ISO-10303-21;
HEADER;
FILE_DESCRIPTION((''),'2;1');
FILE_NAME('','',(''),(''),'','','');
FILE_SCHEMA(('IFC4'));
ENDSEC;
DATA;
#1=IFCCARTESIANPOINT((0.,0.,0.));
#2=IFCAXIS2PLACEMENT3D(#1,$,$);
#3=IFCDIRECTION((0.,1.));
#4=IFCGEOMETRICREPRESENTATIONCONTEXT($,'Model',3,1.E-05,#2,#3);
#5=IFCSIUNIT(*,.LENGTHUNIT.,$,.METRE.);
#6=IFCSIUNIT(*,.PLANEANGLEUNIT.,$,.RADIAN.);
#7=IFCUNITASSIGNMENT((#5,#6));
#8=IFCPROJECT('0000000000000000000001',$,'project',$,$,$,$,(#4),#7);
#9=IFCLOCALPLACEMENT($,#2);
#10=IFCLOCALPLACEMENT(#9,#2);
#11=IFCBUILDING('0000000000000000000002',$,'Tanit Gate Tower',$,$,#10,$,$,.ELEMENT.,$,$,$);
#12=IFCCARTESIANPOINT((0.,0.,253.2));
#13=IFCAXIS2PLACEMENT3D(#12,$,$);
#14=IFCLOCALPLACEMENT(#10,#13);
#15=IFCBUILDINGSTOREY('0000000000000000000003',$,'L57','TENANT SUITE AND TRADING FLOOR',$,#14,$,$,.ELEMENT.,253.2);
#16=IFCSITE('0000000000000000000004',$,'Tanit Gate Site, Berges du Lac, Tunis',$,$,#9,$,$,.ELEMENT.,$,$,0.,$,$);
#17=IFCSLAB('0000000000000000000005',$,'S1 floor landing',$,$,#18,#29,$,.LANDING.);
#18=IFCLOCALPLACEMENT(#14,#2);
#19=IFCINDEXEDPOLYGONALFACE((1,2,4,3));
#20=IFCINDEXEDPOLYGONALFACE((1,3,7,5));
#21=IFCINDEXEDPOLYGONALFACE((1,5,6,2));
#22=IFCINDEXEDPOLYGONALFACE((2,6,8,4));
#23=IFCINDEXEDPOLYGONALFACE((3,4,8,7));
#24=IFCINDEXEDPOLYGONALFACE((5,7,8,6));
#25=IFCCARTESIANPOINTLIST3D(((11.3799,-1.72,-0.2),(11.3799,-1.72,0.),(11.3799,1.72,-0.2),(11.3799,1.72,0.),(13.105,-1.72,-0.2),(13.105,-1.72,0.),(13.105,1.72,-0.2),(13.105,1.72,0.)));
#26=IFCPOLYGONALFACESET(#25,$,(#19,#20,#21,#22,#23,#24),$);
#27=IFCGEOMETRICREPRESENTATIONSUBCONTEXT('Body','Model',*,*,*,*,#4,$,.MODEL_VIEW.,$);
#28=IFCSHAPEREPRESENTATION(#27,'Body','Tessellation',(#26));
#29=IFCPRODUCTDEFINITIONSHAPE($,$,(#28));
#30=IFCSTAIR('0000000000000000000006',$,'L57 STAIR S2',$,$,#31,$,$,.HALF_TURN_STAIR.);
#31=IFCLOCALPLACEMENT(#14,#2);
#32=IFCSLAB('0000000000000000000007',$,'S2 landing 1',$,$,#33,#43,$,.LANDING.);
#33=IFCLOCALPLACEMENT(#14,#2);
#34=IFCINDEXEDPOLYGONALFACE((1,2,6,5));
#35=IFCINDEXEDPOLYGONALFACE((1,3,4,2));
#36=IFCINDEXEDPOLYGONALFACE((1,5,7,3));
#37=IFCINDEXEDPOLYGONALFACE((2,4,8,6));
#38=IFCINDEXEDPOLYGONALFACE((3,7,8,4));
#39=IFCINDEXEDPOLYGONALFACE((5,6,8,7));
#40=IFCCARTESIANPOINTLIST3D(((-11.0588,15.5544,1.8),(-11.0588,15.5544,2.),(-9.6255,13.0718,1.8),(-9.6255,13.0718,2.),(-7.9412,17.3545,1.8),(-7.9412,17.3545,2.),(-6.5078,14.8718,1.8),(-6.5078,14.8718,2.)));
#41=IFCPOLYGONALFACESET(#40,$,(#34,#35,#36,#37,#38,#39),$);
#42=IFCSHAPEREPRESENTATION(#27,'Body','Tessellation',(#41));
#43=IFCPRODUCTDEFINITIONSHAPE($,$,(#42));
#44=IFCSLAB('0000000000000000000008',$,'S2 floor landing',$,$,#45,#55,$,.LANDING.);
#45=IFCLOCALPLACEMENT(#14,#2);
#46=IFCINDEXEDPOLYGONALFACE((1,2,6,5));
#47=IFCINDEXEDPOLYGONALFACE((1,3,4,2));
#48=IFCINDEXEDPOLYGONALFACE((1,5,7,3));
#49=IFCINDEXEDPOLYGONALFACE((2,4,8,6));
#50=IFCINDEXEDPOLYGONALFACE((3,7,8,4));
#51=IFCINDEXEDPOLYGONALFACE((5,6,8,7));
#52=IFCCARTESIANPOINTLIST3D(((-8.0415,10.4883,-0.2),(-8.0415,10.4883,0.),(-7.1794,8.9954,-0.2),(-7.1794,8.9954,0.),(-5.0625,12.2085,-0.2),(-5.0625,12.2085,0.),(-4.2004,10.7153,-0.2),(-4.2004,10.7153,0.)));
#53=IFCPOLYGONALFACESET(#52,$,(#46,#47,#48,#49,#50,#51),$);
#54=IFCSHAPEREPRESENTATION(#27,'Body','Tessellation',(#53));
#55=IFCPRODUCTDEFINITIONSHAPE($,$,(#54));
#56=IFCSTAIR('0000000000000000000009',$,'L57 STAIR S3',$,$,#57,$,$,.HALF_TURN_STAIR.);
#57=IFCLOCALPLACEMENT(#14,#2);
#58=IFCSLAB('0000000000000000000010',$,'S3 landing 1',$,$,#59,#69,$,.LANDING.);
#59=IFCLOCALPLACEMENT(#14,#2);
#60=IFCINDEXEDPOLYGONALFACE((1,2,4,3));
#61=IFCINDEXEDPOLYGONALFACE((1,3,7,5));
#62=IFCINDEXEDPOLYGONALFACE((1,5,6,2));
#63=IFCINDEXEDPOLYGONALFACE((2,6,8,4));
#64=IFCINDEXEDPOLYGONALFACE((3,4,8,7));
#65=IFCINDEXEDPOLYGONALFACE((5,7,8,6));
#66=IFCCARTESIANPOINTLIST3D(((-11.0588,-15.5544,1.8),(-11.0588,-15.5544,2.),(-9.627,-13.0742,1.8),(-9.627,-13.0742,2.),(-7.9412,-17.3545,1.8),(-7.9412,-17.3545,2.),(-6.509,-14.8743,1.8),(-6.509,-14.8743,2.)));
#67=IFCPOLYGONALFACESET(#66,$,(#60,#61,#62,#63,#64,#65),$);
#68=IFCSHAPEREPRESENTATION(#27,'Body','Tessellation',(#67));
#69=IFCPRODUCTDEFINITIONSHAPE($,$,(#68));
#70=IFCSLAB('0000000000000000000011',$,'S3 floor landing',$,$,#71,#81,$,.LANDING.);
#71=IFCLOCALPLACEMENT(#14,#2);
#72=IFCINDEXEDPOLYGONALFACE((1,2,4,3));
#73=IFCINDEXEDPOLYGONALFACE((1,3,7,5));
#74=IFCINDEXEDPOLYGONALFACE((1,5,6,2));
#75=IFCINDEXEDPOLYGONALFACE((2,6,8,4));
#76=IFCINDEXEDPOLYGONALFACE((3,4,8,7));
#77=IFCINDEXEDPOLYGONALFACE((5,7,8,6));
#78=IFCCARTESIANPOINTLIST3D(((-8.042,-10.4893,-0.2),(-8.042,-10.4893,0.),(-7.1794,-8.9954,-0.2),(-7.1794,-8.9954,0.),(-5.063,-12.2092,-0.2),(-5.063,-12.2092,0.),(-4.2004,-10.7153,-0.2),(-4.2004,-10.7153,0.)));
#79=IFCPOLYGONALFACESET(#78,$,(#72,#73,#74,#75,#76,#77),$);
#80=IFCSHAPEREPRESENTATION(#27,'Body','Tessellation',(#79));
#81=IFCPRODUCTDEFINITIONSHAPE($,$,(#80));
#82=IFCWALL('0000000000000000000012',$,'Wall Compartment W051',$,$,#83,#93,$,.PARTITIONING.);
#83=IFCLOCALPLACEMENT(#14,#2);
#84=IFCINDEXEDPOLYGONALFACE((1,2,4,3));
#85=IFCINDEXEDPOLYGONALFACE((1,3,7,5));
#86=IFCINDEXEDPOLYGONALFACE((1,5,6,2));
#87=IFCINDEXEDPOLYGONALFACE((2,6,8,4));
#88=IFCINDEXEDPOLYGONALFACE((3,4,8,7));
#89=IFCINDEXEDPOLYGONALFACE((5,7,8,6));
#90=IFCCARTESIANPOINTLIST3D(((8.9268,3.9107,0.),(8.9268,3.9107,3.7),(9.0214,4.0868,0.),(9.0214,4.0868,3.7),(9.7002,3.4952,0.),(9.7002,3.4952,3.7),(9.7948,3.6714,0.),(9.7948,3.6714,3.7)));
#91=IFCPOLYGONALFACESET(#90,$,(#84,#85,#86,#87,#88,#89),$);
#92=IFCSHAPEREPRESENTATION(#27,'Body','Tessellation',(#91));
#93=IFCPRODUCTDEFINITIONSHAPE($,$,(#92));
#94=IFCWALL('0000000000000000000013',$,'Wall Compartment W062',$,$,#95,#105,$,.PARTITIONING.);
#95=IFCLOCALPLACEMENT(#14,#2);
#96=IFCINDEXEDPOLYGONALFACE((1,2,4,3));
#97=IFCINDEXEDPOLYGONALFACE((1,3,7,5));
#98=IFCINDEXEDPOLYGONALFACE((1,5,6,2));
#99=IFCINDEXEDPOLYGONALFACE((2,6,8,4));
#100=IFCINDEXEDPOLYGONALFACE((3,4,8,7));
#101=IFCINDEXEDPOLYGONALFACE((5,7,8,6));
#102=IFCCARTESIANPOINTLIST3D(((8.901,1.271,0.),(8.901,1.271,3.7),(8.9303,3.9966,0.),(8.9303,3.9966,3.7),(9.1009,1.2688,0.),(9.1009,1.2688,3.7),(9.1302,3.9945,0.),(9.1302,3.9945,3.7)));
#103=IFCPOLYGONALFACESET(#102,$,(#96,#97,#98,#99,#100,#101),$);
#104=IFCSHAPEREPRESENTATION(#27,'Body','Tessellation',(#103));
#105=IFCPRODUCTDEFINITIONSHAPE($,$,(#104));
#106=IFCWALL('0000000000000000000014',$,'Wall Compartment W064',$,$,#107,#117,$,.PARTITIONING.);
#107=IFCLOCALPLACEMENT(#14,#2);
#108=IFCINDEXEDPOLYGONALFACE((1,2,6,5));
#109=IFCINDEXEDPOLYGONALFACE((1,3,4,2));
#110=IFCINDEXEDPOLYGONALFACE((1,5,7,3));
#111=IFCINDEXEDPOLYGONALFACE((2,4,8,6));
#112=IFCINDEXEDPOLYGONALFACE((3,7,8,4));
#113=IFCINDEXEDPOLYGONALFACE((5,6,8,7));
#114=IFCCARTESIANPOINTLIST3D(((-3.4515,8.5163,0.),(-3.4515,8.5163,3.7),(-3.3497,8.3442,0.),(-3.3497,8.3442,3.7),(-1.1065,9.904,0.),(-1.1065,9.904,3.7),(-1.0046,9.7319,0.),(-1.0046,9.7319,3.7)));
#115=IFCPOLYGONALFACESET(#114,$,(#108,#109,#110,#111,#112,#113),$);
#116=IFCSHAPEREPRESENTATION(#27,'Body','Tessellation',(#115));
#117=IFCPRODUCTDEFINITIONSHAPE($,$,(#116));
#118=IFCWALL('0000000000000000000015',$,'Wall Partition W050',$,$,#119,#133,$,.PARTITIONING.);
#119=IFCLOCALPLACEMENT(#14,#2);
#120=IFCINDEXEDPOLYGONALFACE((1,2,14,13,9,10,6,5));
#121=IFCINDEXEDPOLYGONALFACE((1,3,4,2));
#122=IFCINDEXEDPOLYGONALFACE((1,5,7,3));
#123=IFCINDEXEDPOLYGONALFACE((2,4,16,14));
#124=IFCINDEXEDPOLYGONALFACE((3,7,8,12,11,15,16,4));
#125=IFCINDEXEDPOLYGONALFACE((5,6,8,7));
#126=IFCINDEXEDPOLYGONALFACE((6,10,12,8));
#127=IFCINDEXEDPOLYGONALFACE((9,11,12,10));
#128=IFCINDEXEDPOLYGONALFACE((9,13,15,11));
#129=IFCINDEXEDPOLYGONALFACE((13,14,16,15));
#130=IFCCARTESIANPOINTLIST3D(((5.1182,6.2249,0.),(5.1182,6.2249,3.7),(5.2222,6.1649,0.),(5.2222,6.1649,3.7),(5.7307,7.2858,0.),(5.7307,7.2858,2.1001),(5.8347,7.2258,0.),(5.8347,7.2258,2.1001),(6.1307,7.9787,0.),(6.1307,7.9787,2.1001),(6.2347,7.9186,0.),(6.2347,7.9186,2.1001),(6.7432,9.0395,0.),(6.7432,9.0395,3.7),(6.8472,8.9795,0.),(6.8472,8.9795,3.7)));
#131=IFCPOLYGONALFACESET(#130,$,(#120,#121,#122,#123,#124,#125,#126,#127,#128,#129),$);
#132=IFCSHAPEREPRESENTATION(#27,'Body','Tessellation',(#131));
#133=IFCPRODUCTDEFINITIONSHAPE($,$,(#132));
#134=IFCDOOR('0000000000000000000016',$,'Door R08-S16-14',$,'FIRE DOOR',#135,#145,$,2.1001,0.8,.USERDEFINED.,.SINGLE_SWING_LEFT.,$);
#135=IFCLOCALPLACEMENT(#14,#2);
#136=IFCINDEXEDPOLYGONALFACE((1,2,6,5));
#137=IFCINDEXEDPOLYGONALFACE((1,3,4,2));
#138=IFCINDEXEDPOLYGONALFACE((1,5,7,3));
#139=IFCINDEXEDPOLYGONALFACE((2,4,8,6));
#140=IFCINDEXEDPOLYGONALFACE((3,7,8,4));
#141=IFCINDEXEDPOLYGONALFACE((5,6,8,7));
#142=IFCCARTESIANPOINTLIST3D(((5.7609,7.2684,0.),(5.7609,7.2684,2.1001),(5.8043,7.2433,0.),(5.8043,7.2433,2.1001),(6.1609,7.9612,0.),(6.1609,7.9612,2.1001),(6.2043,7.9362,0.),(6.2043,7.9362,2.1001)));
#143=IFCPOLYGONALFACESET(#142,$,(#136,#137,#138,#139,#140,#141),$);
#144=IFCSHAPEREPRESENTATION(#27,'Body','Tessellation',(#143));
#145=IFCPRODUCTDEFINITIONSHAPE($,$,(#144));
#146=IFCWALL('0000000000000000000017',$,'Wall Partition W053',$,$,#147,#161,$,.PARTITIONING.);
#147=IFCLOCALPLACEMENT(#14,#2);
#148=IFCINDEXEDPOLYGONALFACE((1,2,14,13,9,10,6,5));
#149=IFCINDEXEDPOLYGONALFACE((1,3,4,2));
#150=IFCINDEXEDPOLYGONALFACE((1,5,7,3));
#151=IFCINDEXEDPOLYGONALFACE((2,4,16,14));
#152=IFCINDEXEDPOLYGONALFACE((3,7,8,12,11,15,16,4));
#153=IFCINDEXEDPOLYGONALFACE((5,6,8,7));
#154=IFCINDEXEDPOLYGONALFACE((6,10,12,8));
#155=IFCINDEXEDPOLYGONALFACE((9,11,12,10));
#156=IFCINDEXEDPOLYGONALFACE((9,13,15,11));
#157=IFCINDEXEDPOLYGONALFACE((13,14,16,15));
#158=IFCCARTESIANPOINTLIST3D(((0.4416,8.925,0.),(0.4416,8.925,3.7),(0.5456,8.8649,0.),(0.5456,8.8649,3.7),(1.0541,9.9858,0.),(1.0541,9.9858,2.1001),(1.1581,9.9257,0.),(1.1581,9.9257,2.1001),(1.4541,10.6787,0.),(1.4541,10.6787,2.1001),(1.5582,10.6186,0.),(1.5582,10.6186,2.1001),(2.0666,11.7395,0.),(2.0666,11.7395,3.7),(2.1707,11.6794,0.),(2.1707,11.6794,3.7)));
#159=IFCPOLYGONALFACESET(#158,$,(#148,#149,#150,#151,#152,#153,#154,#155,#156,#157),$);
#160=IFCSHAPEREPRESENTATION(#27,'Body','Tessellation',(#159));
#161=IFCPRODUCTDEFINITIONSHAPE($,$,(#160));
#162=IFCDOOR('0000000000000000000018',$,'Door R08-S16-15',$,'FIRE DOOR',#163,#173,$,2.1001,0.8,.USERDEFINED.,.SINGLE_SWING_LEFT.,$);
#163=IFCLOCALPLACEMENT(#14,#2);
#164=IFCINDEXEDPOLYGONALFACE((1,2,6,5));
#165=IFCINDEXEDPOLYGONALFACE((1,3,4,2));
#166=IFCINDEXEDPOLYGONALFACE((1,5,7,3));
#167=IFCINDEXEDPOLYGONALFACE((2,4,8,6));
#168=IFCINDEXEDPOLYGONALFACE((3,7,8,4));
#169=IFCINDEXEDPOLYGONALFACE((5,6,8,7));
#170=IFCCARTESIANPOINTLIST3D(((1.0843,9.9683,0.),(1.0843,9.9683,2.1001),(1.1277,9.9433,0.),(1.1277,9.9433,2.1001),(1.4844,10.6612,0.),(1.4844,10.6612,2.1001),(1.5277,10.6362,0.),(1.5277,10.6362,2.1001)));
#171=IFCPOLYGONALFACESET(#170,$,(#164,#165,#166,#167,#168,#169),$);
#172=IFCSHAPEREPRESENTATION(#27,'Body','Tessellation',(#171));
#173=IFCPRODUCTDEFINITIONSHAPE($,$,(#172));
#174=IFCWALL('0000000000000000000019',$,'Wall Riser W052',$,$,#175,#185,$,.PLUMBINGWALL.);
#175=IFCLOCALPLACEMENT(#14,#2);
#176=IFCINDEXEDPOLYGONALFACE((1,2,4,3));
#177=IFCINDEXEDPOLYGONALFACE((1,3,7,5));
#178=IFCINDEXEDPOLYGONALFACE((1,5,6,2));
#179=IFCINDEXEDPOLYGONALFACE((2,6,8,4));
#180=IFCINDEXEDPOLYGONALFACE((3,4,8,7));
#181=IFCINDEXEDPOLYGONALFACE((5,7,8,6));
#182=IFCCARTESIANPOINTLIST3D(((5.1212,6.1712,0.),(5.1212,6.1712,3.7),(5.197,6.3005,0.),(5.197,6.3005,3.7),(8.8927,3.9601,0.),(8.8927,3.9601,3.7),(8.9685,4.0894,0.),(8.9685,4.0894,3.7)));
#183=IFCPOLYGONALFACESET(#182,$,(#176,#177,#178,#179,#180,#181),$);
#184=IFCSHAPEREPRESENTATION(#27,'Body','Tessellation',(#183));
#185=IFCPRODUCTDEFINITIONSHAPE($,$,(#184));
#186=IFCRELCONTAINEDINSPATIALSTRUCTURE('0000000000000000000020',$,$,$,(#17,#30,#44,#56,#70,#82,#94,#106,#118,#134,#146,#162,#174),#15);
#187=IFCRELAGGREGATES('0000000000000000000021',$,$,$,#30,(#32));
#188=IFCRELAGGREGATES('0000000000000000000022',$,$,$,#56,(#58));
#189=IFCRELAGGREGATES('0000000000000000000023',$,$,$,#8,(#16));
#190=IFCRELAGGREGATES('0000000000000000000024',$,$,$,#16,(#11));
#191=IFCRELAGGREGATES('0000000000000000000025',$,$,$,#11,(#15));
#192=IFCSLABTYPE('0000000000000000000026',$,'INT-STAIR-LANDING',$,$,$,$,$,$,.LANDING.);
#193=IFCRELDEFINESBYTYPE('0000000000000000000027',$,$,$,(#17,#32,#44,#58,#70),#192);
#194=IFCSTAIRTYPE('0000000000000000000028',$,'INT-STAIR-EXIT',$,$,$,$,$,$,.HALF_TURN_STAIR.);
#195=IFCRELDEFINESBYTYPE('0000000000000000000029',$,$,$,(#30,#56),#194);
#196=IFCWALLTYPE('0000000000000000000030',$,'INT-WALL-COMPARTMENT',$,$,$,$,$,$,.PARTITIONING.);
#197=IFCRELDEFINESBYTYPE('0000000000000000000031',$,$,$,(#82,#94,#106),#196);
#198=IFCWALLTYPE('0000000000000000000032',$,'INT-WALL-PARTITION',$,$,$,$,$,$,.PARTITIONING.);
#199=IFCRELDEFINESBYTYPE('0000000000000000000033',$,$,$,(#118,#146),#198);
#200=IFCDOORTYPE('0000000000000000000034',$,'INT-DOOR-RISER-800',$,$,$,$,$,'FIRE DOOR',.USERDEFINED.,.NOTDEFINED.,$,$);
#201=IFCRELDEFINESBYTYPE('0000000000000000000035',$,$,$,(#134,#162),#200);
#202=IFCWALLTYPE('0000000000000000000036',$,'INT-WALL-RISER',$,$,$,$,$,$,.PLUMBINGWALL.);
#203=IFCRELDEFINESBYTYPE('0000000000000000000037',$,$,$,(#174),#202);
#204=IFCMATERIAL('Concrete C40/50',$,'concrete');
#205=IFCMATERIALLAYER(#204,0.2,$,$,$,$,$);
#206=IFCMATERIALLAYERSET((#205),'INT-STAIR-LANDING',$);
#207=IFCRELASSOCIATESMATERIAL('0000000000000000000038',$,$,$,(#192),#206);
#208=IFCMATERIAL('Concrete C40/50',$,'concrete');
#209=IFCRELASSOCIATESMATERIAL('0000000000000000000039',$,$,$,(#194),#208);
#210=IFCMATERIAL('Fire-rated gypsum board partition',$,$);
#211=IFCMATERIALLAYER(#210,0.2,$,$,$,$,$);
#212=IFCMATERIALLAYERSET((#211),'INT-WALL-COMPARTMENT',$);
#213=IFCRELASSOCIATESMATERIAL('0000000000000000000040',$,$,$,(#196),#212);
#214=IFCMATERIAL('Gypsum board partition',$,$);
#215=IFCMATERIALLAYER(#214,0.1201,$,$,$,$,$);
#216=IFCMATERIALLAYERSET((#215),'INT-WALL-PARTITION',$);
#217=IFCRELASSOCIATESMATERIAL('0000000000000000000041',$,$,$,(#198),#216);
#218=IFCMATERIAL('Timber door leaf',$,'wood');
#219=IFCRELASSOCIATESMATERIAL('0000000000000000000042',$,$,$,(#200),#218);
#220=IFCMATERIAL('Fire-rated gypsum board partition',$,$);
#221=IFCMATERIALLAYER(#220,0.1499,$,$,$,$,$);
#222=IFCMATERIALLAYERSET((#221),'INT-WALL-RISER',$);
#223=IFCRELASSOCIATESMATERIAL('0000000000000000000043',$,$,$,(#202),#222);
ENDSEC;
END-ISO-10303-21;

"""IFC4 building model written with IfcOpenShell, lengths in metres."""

from ifc_helpers import new_model, si_unit, direction, frame, frame_2d, origin, place, context, subcontext, project, spatial, polyline, rectangle, outline, extrude, material, layer, layer_set, type_object, element, fill, aggregate, save


model = new_model("IFC4")

# Units and contexts
model_context = context("Model", 3, precision=1e-05, world=origin(), true_north=direction((0.0, 1.0)))
body_context = subcontext(model_context, "Body", "Model", "MODEL_VIEW")
ifc_project = project(units=[si_unit("LENGTHUNIT", "METRE"), si_unit("PLANEANGLEUNIT", "RADIAN")], contexts=[model_context])

# Site, building, storey
site_placement = place(None, origin())
site = spatial("IfcSite", under=ifc_project, at=site_placement, Name="Tanit Gate Site, Berges du Lac, Tunis", CompositionType="ELEMENT", RefElevation=0.0)
building_placement = place(site_placement, origin())
building = spatial("IfcBuilding", under=site, at=building_placement, Name="Tanit Gate Tower", CompositionType="ELEMENT")
storey_placement = place(building_placement, frame((0.0, 0.0, 253.2)))
storey = spatial("IfcBuildingStorey", under=building, at=storey_placement, Name="L57", Description="TENANT SUITE AND TRADING FLOOR", CompositionType="ELEMENT", Elevation=253.2)

# Slab
ifc_material_1 = material(Name="Concrete C40/50", Category="concrete")
ifc_layer_1 = layer(ifc_material_1, 0.2)
ifc_layer_set_1 = layer_set([ifc_layer_1], Name="INT-STAIR-LANDING")
slab_type = type_object("IfcSlabType", Name="INT-STAIR-LANDING", PredefinedType="LANDING", material=ifc_layer_set_1)
slab_1_placement = place(storey_placement, frame((0.0, 0.0, -0.2)))
element("IfcSlab", 1, at=slab_1_placement, inside=storey, type_object=slab_type, Name="S1 floor landing", PredefinedType="LANDING", context=body_context, shape_type="SweptSolid", body=[
    extrude(outline(polyline([(11.3799, -1.72), (13.105, -1.72), (13.105, 1.72), (11.3799, 1.72), (11.3799, -1.72)])), origin(), (0.0, 0.0, 1.0), 0.2),
])

# Stair, slab
ifc_material_2 = material(Name="Concrete C40/50", Category="concrete")
stair_type = type_object("IfcStairType", Name="INT-STAIR-EXIT", PredefinedType="HALF_TURN_STAIR", material=ifc_material_2)
stair_1_placement = place(storey_placement, origin())
stair_1 = element("IfcStair", 2, at=stair_1_placement, inside=storey, type_object=stair_type, Name="L57 STAIR S2", PredefinedType="HALF_TURN_STAIR")
slab_2_placement = place(storey_placement, frame((0.0, 0.0, 1.8)))
slab_2 = element("IfcSlab", 3, at=slab_2_placement, type_object=slab_type, Name="S2 landing 1", PredefinedType="LANDING", context=body_context, shape_type="SweptSolid", body=[
    extrude(outline(polyline([(-6.5078, 14.8718), (-7.9412, 17.3545), (-11.0588, 15.5544), (-9.6255, 13.0718), (-6.5078, 14.8718)])), origin(), (0.0, 0.0, 1.0), 0.2),
])
aggregate(stair_1, [slab_2])

# Slab
slab_3_placement = place(storey_placement, frame((0.0, 0.0, -0.2)))
element("IfcSlab", 4, at=slab_3_placement, inside=storey, type_object=slab_type, Name="S2 floor landing", PredefinedType="LANDING", context=body_context, shape_type="SweptSolid", body=[
    extrude(outline(polyline([(-4.2004, 10.7153), (-5.0625, 12.2085), (-8.0415, 10.4883), (-7.1794, 8.9954), (-4.2004, 10.7153)])), origin(), (0.0, 0.0, 1.0), 0.2),
])

# Stair, slab
stair_2_placement = place(storey_placement, origin())
stair_2 = element("IfcStair", 5, at=stair_2_placement, inside=storey, type_object=stair_type, Name="L57 STAIR S3", PredefinedType="HALF_TURN_STAIR")
slab_4_placement = place(storey_placement, frame((0.0, 0.0, 1.8)))
slab_4 = element("IfcSlab", 6, at=slab_4_placement, type_object=slab_type, Name="S3 landing 1", PredefinedType="LANDING", context=body_context, shape_type="SweptSolid", body=[
    extrude(outline(polyline([(-9.627, -13.0742), (-11.0588, -15.5544), (-7.9412, -17.3545), (-6.509, -14.8743), (-9.627, -13.0742)])), origin(), (0.0, 0.0, 1.0), 0.2),
])
aggregate(stair_2, [slab_4])

# Slab
slab_5_placement = place(storey_placement, frame((0.0, 0.0, -0.2)))
element("IfcSlab", 7, at=slab_5_placement, inside=storey, type_object=slab_type, Name="S3 floor landing", PredefinedType="LANDING", context=body_context, shape_type="SweptSolid", body=[
    extrude(outline(polyline([(-7.1794, -8.9954), (-8.042, -10.4893), (-5.063, -12.2092), (-4.2004, -10.7153), (-7.1794, -8.9954)])), origin(), (0.0, 0.0, 1.0), 0.2),
])

# Walls
ifc_material_3 = material(Name="Fire-rated gypsum board partition")
ifc_layer_2 = layer(ifc_material_3, 0.2)
ifc_layer_set_2 = layer_set([ifc_layer_2], Name="INT-WALL-COMPARTMENT")
wall_type_1 = type_object("IfcWallType", Name="INT-WALL-COMPARTMENT", PredefinedType="PARTITIONING", material=ifc_layer_set_2)
wall_1_placement = place(storey_placement, frame((8.9741, 3.9988, 0.0), z_axis=(0.0, 0.0, 1.0), x_axis=(0.880917, -0.473271, 0.0)))
element("IfcWall", 8, at=wall_1_placement, inside=storey, type_object=wall_type_1, Name="Wall Compartment W051", PredefinedType="PARTITIONING", context=body_context, shape_type="SweptSolid", body=[
    extrude(rectangle(XDim=0.8779, YDim=0.2, at=frame_2d((0.439, 0.0))), origin(), (0.0, 0.0, 1.0), 3.7),
])
wall_2_placement = place(storey_placement, frame((9.001, 1.27, 0.0), z_axis=(0.0, 0.0, 1.0), x_axis=(0.010748, 0.999942, 0.0)))
element("IfcWall", 9, at=wall_2_placement, inside=storey, type_object=wall_type_1, Name="Wall Compartment W062", PredefinedType="PARTITIONING", context=body_context, shape_type="SweptSolid", body=[
    extrude(rectangle(XDim=2.7258, YDim=0.2, at=frame_2d((1.3628, 0.0))), origin(), (0.0, 0.0, 1.0), 3.7),
])
wall_3_placement = place(storey_placement, frame((-1.0557, 9.8179, 0.0), z_axis=(0.0, 0.0, 1.0), x_axis=(-0.8606, -0.509282, 0.0)))
element("IfcWall", 10, at=wall_3_placement, inside=storey, type_object=wall_type_1, Name="Wall Compartment W064", PredefinedType="PARTITIONING", context=body_context, shape_type="SweptSolid", body=[
    extrude(rectangle(XDim=2.7249, YDim=0.2, at=frame_2d((1.3623, 0.0))), origin(), (0.0, 0.0, 1.0), 3.7),
])

# Walls, openings, doors
ifc_material_4 = material(Name="Gypsum board partition")
ifc_layer_3 = layer(ifc_material_4, 0.1201)
ifc_layer_set_3 = layer_set([ifc_layer_3], Name="INT-WALL-PARTITION")
wall_type_2 = type_object("IfcWallType", Name="INT-WALL-PARTITION", PredefinedType="PARTITIONING", material=ifc_layer_set_3)
wall_4_placement = place(storey_placement, frame((6.7952, 9.0095, 0.0), z_axis=(0.0, 0.0, 1.0), x_axis=(-0.499985, -0.866034, 0.0)))
wall_4 = element("IfcWall", 11, at=wall_4_placement, inside=storey, type_object=wall_type_2, Name="Wall Partition W050", PredefinedType="PARTITIONING", context=body_context, shape_type="SweptSolid", body=[
    extrude(rectangle(XDim=3.25, YDim=0.1201, at=frame_2d((1.625, 0.0))), origin(), (0.0, 0.0, 1.0), 3.7),
])
opening_1_placement = place(wall_4_placement, frame((1.2251, 0.0, 0.0)))
opening_1 = element("IfcOpeningElement", 12, at=opening_1_placement, cuts=wall_4, PredefinedType="OPENING", context=body_context, shape_type="SweptSolid", body=[
    extrude(rectangle(XDim=0.8, YDim=2.1001, at=frame_2d((0.3999, 1.05))), frame((0.0, 0.0701, 0.0), z_axis=(0.0, -1.0, 0.0), x_axis=(1.0, 0.0, 0.0)), (0.0, 0.0, 1.0), 0.1401),
])
ifc_material_5 = material(Name="Timber door leaf", Category="wood")
door_type_1 = type_object("IfcDoorType", Name="INT-DOOR-RISER-800", ElementType="FIRE DOOR", OperationType="NOTDEFINED", PredefinedType="USERDEFINED", material=ifc_material_5)
door_1_placement = place(opening_1_placement, origin())
door_1 = element("IfcDoor", 13, at=door_1_placement, inside=storey, type_object=door_type_1, Name="Door R08-S16-14", ObjectType="FIRE DOOR", OperationType="SINGLE_SWING_LEFT", OverallHeight=2.1001, OverallWidth=0.8, PredefinedType="USERDEFINED", context=body_context, shape_type="SweptSolid", body=[
    extrude(rectangle(XDim=0.8, YDim=2.1001, at=frame_2d((0.3999, 1.05))), frame((0.0, 0.0249, 0.0), z_axis=(0.0, -1.0, 0.0), x_axis=(1.0, 0.0, 0.0)), (0.0, 0.0, 1.0), 0.05),
])
fill(opening_1, door_1)
wall_5_placement = place(storey_placement, frame((2.1187, 11.7095, 0.0), z_axis=(0.0, 0.0, 1.0), x_axis=(-0.500017, -0.866015, 0.0)))
wall_5 = element("IfcWall", 14, at=wall_5_placement, inside=storey, type_object=wall_type_2, Name="Wall Partition W053", PredefinedType="PARTITIONING", context=body_context, shape_type="SweptSolid", body=[
    extrude(rectangle(XDim=3.25, YDim=0.1201, at=frame_2d((1.625, 0.0))), origin(), (0.0, 0.0, 1.0), 3.7),
])
opening_2_placement = place(wall_5_placement, frame((1.2251, 0.0, 0.0)))
opening_2 = element("IfcOpeningElement", 15, at=opening_2_placement, cuts=wall_5, PredefinedType="OPENING", context=body_context, shape_type="SweptSolid", body=[
    extrude(rectangle(XDim=0.8, YDim=2.1001, at=frame_2d((0.3999, 1.05))), frame((0.0, 0.0701, 0.0), z_axis=(0.0, -1.0, 0.0), x_axis=(1.0, 0.0, 0.0)), (0.0, 0.0, 1.0), 0.1401),
])
door_2_placement = place(opening_2_placement, origin())
door_2 = element("IfcDoor", 16, at=door_2_placement, inside=storey, type_object=door_type_1, Name="Door R08-S16-15", ObjectType="FIRE DOOR", OperationType="SINGLE_SWING_LEFT", OverallHeight=2.1001, OverallWidth=0.8, PredefinedType="USERDEFINED", context=body_context, shape_type="SweptSolid", body=[
    extrude(rectangle(XDim=0.8, YDim=2.1001, at=frame_2d((0.3999, 1.05))), frame((0.0, 0.0249, 0.0), z_axis=(0.0, -1.0, 0.0), x_axis=(1.0, 0.0, 0.0)), (0.0, 0.0, 1.0), 0.05),
])
fill(opening_2, door_2)

# Wall
ifc_material_6 = material(Name="Fire-rated gypsum board partition")
ifc_layer_4 = layer(ifc_material_6, 0.1499)
ifc_layer_set_4 = layer_set([ifc_layer_4], Name="INT-WALL-RISER")
wall_type_3 = type_object("IfcWallType", Name="INT-WALL-RISER", PredefinedType="PLUMBINGWALL", material=ifc_layer_set_4)
wall_6_placement = place(storey_placement, frame((8.9307, 4.0247, 0.0), z_axis=(0.0, 0.0, 1.0), x_axis=(-0.862667, 0.505773, 0.0)))
element("IfcWall", 17, at=wall_6_placement, inside=storey, type_object=wall_type_3, Name="Wall Riser W052", PredefinedType="PLUMBINGWALL", context=body_context, shape_type="SweptSolid", body=[
    extrude(rectangle(XDim=4.3718, YDim=0.1499, at=frame_2d((2.186, 0.0))), origin(), (0.0, 0.0, 1.0), 3.7),
])

save(model, "model.ifc")
